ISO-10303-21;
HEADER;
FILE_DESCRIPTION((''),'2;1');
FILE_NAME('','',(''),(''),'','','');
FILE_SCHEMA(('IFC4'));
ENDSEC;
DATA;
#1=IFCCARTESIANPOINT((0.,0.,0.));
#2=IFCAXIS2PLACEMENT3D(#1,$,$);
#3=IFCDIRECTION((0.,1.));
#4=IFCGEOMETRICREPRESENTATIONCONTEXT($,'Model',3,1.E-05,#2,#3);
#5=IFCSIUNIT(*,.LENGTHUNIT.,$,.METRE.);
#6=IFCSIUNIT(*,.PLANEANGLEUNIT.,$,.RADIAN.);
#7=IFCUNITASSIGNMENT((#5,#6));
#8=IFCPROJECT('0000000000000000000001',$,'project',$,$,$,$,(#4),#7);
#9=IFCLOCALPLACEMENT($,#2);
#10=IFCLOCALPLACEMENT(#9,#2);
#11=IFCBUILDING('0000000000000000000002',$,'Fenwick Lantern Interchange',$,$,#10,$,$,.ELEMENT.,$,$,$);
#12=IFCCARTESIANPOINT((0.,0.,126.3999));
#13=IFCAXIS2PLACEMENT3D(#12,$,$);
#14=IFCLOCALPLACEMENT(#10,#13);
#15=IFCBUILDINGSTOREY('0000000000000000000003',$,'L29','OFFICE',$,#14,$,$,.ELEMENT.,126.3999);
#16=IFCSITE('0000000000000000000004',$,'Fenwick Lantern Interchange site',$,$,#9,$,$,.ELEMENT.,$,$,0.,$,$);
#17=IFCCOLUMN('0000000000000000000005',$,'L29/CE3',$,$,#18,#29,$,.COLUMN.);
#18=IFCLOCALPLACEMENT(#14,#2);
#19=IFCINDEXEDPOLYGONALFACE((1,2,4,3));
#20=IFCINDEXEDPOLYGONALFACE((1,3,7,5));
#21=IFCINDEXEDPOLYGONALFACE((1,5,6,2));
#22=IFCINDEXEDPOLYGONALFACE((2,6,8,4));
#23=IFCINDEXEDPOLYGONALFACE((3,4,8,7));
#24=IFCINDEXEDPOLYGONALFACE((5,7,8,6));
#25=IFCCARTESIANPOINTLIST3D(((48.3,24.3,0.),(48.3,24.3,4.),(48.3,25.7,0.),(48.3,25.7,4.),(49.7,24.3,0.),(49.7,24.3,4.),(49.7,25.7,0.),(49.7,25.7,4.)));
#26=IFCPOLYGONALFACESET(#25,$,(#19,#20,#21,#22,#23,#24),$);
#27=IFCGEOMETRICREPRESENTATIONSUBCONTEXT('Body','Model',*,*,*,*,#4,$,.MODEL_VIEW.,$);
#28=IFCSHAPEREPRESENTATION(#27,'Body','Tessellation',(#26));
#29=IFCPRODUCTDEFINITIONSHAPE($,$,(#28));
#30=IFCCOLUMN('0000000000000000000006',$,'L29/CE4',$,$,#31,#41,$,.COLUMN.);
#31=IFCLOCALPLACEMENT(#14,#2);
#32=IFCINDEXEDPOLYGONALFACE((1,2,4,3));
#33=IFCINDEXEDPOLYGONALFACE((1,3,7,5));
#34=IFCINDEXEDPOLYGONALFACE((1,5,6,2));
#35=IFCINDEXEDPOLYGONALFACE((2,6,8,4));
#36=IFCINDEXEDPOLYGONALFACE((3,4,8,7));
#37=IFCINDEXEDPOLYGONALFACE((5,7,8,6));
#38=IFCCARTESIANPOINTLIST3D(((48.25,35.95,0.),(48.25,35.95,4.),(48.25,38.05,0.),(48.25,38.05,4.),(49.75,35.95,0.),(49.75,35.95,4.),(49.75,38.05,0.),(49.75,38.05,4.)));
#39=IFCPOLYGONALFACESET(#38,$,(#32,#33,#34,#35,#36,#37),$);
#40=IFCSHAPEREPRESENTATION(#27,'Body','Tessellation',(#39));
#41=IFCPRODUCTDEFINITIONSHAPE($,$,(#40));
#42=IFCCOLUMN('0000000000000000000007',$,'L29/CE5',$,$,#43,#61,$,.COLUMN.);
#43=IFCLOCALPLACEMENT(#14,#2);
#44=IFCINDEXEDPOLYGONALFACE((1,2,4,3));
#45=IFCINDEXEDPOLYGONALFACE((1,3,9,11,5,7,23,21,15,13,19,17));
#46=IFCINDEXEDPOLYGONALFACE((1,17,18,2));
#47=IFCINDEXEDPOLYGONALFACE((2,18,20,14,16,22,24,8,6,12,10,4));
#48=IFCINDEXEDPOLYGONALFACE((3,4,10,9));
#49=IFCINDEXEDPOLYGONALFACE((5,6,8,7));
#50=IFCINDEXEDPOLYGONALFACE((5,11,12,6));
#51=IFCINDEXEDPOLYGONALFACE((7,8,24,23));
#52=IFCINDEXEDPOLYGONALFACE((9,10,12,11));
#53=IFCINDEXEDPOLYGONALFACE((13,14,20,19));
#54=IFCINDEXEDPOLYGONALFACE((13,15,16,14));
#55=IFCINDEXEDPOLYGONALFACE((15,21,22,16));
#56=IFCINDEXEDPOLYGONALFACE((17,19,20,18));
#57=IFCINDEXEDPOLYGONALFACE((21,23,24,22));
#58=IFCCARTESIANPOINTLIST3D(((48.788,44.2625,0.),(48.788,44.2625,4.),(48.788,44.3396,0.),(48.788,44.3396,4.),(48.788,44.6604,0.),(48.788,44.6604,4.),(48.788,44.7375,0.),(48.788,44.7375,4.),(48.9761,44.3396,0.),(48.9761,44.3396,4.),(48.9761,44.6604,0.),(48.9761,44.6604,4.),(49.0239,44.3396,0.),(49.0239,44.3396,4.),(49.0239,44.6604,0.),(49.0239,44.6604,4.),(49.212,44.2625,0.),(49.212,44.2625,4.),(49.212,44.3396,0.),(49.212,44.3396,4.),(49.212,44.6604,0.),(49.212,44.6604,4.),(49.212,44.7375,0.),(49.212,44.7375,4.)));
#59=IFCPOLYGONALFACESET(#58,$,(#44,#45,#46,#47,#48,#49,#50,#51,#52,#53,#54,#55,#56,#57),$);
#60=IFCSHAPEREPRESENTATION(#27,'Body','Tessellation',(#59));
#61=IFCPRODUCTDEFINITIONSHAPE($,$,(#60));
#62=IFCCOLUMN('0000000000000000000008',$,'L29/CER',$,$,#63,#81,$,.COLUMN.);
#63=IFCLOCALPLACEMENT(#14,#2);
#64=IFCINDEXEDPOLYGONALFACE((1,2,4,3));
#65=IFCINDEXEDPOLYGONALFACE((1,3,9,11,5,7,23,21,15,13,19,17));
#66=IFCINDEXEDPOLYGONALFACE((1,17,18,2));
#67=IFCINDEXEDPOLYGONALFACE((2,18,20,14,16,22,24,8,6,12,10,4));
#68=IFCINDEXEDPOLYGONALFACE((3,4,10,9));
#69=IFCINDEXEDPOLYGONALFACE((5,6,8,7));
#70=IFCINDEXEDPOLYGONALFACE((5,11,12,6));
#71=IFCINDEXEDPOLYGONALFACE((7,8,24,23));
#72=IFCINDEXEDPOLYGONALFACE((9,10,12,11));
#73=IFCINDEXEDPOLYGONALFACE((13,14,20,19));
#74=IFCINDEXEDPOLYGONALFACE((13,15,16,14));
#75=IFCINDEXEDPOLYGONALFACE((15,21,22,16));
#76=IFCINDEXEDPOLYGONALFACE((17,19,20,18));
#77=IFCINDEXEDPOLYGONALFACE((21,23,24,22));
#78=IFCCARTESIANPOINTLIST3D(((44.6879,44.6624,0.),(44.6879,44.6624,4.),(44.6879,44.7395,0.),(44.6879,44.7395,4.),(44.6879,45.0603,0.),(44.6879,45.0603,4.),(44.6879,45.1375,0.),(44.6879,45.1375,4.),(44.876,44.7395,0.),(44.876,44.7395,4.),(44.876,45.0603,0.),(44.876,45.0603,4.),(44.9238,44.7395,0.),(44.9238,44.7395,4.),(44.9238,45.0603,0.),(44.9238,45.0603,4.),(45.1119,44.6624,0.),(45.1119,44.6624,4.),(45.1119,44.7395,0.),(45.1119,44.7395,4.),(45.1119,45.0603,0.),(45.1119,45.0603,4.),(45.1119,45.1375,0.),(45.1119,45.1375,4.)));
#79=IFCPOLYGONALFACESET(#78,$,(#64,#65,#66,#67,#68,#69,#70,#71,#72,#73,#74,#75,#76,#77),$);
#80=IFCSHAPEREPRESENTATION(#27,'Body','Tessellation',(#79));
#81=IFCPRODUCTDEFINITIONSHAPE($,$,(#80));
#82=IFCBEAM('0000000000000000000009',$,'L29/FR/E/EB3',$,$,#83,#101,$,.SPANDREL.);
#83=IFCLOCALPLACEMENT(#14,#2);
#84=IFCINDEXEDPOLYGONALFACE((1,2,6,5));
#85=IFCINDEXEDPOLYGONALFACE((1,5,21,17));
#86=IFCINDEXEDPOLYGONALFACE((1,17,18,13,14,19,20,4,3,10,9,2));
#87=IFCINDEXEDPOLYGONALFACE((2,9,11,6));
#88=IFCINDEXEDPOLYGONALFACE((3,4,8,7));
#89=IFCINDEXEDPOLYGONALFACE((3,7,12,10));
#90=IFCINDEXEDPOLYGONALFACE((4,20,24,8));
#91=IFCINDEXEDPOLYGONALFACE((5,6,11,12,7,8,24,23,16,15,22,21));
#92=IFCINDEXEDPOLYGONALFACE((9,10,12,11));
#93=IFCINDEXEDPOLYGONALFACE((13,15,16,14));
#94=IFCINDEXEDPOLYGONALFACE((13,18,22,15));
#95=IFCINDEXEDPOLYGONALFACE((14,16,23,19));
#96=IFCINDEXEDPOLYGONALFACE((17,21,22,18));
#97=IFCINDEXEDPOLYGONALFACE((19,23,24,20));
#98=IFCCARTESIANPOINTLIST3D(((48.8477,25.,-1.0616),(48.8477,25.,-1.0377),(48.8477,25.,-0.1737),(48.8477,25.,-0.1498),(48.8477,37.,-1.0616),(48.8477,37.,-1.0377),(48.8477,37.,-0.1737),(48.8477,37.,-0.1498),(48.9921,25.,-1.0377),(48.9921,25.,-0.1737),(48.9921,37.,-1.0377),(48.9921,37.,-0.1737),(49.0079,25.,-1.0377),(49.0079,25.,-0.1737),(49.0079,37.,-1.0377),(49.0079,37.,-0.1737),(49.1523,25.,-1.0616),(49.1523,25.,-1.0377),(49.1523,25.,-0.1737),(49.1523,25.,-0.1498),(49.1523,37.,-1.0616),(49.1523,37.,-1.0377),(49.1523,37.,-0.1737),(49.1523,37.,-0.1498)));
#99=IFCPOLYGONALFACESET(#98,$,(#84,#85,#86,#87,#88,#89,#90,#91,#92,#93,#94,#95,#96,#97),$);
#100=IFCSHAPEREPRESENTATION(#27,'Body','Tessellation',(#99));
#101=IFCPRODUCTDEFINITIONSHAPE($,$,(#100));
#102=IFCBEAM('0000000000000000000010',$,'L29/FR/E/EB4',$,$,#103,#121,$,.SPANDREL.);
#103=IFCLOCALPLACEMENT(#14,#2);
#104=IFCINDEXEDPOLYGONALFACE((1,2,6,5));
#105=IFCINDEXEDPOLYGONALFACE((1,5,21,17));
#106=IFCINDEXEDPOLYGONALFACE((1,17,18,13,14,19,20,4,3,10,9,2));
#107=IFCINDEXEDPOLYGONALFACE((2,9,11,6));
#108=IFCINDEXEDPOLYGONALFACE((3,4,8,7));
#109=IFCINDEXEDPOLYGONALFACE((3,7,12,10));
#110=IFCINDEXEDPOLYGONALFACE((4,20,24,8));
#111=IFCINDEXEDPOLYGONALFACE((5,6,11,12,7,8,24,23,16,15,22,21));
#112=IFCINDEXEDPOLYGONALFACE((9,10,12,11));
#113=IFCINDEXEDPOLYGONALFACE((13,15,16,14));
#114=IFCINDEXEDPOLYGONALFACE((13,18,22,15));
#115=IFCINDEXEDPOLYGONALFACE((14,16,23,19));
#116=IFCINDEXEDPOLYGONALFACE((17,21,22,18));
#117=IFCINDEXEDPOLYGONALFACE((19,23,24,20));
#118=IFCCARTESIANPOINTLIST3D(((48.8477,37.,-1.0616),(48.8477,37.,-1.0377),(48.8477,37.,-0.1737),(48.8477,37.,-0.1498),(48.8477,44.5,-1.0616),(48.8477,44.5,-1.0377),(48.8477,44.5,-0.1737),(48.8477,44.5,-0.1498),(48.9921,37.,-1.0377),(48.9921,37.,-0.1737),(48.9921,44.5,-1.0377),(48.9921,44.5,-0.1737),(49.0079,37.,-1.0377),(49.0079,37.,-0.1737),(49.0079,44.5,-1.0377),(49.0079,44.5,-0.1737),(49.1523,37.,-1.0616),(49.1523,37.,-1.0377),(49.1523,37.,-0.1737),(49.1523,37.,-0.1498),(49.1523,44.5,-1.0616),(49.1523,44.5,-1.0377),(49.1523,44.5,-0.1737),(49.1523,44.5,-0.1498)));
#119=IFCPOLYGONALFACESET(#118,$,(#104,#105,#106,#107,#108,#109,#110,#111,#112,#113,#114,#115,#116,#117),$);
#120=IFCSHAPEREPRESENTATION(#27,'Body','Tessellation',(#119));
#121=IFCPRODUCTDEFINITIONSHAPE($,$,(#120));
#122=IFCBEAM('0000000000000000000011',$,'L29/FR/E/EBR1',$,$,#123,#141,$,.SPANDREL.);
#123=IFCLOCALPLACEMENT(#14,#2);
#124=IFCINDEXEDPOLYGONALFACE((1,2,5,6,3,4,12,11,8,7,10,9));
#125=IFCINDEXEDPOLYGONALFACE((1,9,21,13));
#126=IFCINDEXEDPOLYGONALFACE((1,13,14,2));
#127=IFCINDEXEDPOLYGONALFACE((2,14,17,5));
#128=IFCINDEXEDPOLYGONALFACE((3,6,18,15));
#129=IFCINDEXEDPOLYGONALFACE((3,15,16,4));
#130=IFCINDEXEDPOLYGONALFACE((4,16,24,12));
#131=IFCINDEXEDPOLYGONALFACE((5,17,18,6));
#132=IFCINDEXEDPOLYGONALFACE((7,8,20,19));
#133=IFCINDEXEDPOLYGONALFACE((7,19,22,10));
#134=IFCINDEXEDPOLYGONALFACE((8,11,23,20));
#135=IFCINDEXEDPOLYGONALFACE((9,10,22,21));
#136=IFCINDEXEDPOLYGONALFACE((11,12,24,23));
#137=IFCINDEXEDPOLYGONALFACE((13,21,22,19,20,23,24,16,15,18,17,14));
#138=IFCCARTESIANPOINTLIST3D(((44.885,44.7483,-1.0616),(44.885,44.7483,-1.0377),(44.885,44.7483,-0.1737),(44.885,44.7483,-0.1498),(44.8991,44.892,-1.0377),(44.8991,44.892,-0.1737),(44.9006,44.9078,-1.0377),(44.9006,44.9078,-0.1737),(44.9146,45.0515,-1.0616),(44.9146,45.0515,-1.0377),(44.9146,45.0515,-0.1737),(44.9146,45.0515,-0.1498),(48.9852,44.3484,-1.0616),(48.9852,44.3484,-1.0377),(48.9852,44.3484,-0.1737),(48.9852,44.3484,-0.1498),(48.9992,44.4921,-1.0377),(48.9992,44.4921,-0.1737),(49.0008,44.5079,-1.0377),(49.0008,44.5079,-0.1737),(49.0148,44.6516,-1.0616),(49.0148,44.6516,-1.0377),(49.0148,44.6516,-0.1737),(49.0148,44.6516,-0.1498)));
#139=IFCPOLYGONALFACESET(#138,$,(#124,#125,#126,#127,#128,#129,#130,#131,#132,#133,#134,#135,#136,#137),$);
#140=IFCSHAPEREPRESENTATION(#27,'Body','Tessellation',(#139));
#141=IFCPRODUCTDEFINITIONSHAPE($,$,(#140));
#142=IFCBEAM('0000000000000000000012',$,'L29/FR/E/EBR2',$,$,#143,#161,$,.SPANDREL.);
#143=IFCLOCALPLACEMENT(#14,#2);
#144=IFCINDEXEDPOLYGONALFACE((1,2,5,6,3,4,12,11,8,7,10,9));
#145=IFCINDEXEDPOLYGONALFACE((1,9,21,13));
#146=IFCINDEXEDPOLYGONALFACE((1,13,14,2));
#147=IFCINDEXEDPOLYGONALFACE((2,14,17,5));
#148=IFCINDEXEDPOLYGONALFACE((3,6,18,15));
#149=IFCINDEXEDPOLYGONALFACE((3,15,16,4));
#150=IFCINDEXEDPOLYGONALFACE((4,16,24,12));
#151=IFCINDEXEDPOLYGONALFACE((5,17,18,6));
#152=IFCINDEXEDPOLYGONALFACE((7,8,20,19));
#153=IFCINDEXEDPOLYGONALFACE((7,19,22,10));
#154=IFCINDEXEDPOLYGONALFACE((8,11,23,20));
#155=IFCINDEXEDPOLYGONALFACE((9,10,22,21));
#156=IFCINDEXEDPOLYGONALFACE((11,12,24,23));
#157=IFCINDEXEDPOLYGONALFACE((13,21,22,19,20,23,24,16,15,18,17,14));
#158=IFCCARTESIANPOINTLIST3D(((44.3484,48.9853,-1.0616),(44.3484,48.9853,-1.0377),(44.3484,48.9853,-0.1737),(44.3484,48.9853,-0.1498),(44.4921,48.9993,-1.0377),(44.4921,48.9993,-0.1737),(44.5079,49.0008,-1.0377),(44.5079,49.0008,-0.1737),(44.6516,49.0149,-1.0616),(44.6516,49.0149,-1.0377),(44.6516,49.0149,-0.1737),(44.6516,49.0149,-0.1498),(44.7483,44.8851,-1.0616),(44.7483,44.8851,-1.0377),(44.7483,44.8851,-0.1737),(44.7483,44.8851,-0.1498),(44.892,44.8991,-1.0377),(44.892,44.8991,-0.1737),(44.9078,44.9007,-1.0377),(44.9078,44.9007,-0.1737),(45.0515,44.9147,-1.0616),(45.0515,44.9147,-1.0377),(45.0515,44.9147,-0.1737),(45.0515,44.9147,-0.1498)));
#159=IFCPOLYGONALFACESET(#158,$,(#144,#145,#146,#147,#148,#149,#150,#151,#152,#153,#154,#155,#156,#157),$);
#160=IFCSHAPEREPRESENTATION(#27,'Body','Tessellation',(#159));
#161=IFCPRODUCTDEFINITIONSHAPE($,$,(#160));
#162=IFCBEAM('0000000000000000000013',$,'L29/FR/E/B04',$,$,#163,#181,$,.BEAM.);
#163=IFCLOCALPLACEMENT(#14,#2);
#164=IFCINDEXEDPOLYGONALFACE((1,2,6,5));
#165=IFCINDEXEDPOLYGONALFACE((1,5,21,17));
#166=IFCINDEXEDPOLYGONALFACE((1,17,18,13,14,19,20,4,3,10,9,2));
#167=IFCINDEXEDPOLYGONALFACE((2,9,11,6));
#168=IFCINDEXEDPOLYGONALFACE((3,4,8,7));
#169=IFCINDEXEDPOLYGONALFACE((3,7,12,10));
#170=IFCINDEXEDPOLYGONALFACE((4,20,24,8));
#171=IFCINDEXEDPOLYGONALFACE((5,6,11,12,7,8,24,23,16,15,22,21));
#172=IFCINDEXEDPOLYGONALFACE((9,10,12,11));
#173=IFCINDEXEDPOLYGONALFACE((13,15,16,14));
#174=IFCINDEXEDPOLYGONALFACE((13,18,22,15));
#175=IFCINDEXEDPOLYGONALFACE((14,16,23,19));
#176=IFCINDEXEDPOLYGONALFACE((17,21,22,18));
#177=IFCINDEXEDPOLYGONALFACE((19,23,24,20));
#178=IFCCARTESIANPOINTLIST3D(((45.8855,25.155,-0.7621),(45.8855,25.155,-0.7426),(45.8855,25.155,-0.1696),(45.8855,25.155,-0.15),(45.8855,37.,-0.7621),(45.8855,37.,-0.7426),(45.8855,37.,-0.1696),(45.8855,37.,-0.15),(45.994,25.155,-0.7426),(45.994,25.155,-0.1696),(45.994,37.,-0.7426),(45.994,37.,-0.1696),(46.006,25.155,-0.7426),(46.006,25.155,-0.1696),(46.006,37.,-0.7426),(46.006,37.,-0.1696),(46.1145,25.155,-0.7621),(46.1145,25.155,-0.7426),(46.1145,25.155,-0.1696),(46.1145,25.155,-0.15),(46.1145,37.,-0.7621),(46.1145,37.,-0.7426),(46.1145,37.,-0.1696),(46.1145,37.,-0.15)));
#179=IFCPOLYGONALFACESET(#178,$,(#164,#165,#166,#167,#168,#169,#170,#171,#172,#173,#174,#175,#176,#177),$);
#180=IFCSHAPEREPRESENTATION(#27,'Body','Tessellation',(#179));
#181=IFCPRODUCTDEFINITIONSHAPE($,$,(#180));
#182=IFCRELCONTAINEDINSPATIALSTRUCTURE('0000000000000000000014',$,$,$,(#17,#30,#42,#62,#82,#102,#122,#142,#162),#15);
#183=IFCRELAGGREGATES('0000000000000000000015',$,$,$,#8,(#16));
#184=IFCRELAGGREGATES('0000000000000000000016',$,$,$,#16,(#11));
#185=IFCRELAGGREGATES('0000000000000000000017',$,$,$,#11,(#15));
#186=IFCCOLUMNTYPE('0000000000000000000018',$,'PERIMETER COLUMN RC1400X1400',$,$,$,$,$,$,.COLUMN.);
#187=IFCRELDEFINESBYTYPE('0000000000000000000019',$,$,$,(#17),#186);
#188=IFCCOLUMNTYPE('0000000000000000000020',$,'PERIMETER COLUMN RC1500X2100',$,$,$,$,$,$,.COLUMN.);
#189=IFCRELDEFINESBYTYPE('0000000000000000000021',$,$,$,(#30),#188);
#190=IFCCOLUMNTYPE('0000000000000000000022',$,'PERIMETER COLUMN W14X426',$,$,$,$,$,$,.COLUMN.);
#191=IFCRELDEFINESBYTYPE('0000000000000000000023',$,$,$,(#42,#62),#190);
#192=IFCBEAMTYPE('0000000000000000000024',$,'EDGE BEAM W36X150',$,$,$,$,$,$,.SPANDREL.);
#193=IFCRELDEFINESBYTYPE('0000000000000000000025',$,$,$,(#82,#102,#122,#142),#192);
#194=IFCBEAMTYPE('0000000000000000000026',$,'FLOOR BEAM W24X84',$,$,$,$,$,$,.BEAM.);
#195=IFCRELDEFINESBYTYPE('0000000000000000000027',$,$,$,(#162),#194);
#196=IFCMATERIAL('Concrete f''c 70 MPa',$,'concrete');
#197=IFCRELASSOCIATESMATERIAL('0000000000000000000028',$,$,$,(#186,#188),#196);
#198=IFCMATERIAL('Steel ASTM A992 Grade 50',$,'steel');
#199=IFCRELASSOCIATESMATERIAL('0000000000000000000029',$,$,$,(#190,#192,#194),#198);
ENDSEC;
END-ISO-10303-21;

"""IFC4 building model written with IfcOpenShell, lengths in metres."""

from ifc_helpers import new_model, si_unit, direction, frame, origin, origin_2d, place, context, subcontext, project, spatial, rectangle, i_section, extrude, material, material_profile, profile_set, type_object, element, save


model = new_model("IFC4")

# Units and contexts
model_context = context("Model", 3, precision=1e-05, world=origin(), true_north=direction((0.0, 1.0)))
body_context = subcontext(model_context, "Body", "Model", "MODEL_VIEW")
ifc_project = project(units=[si_unit("LENGTHUNIT", "METRE"), si_unit("PLANEANGLEUNIT", "RADIAN")], contexts=[model_context])

# Site, building, storey
site_placement = place(None, origin())
site = spatial("IfcSite", under=ifc_project, at=site_placement, Name="Fenwick Lantern Interchange site", CompositionType="ELEMENT", RefElevation=0.0)
building_placement = place(site_placement, origin())
building = spatial("IfcBuilding", under=site, at=building_placement, Name="Fenwick Lantern Interchange", CompositionType="ELEMENT")
storey_placement = place(building_placement, frame((0.0, 0.0, 126.3999)))
storey = spatial("IfcBuildingStorey", under=building, at=storey_placement, Name="L29", Description="OFFICE", CompositionType="ELEMENT", Elevation=126.3999)

# Columns
ifc_material_1 = material(Name="Concrete f'c 70 MPa", Category="concrete")
ifc_material_profile_1 = material_profile(ifc_material_1, rectangle(XDim=1.3999, YDim=1.3999, at=origin_2d()), Name="RC1400X1400")
ifc_profile_set_1 = profile_set([ifc_material_profile_1], Name="Concrete f'c 70 MPa")
column_type_1 = type_object("IfcColumnType", Name="PERIMETER COLUMN RC1400X1400", PredefinedType="COLUMN", material=ifc_profile_set_1)
column_1_placement = place(storey_placement, frame((49.0, 25.0, 0.0), z_axis=(0.0, 0.0, 1.0), x_axis=(1.0, 0.0, 0.0)))
element("IfcColumn", 1, at=column_1_placement, inside=storey, type_object=column_type_1, Name="L29/CE3", PredefinedType="COLUMN", context=body_context, shape_type="SweptSolid", body=[
    extrude(rectangle(XDim=1.3999, YDim=1.3999, at=origin_2d()), origin(), (0.0, 0.0, 1.0), 4.0),
])
ifc_material_profile_2 = material_profile(ifc_material_1, rectangle(XDim=1.5, YDim=2.1001, at=origin_2d()), Name="RC1500X2100")
ifc_profile_set_2 = profile_set([ifc_material_profile_2], Name="Concrete f'c 70 MPa")
column_type_2 = type_object("IfcColumnType", Name="PERIMETER COLUMN RC1500X2100", PredefinedType="COLUMN", material=ifc_profile_set_2)
column_2_placement = place(storey_placement, frame((49.0, 37.0, 0.0), z_axis=(0.0, 0.0, 1.0), x_axis=(1.0, 0.0, 0.0)))
element("IfcColumn", 2, at=column_2_placement, inside=storey, type_object=column_type_2, Name="L29/CE4", PredefinedType="COLUMN", context=body_context, shape_type="SweptSolid", body=[
    extrude(rectangle(XDim=1.5, YDim=2.1001, at=origin_2d()), origin(), (0.0, 0.0, 1.0), 4.0),
])
ifc_material_2 = material(Name="Steel ASTM A992 Grade 50", Category="steel")
ifc_material_profile_3 = material_profile(ifc_material_2, i_section(OverallWidth=0.4241, OverallDepth=0.4751, WebThickness=0.0479, FlangeThickness=0.0771, at=origin_2d()), Name="W14X426")
ifc_profile_set_3 = profile_set([ifc_material_profile_3], Name="Steel ASTM A992 Grade 50")
column_type_3 = type_object("IfcColumnType", Name="PERIMETER COLUMN W14X426", PredefinedType="COLUMN", material=ifc_profile_set_3)
for number, where, z_axis, x_axis, name in (
    (3, (49.0, 44.5, 0.0), (0.0, 0.0, 1.0), (1.0, 0.0, 0.0), "L29/CE5"),
    (4, (44.8999, 44.8999, 0.0), (0.0, 0.0, 1.0), (1.0, 0.0, 0.0), "L29/CER"),
):
    element("IfcColumn", number, at=place(storey_placement, frame(where, z_axis=z_axis, x_axis=x_axis)), inside=storey, type_object=column_type_3, Name=name, PredefinedType="COLUMN", context=body_context, shape_type="SweptSolid", body=[
        extrude(i_section(OverallWidth=0.4241, OverallDepth=0.4751, WebThickness=0.0479, FlangeThickness=0.0771, at=origin_2d()), origin(), (0.0, 0.0, 1.0), 4.0),
    ])

# Beams
ifc_material_profile_4 = material_profile(ifc_material_2, i_section(OverallWidth=0.3047, OverallDepth=0.9119, WebThickness=0.0159, FlangeThickness=0.0239, at=origin_2d()), Name="W36X150")
ifc_profile_set_4 = profile_set([ifc_material_profile_4], Name="Steel ASTM A992 Grade 50")
beam_type_1 = type_object("IfcBeamType", Name="EDGE BEAM W36X150", PredefinedType="SPANDREL", material=ifc_profile_set_4)
beam_1_placement = place(storey_placement, frame((49.0, 25.0, -0.6057), z_axis=(0.0, 1.0, 0.0), x_axis=(-1.0, 0.0, 0.0)))
element("IfcBeam", 5, at=beam_1_placement, inside=storey, type_object=beam_type_1, Name="L29/FR/E/EB3", PredefinedType="SPANDREL", context=body_context, shape_type="SweptSolid", body=[
    extrude(i_section(OverallWidth=0.3047, OverallDepth=0.9119, WebThickness=0.0159, FlangeThickness=0.0239, at=origin_2d()), origin(), (0.0, 0.0, 1.0), 12.0),
])
beam_2_placement = place(storey_placement, frame((49.0, 37.0, -0.6057), z_axis=(0.0, 1.0, 0.0), x_axis=(-1.0, 0.0, 0.0)))
element("IfcBeam", 6, at=beam_2_placement, inside=storey, type_object=beam_type_1, Name="L29/FR/E/EB4", PredefinedType="SPANDREL", context=body_context, shape_type="SweptSolid", body=[
    extrude(i_section(OverallWidth=0.3047, OverallDepth=0.9119, WebThickness=0.0159, FlangeThickness=0.0239, at=origin_2d()), origin(), (0.0, 0.0, 1.0), 7.5),
])
for number, where, z_axis, x_axis, name in (
    (7, (49.0, 44.5, -0.6057), (-0.995277, 0.097074, 0.0), (-0.097074, -0.995277, 0.0), "L29/FR/E/EBR1"),
    (8, (44.8999, 44.8999, -0.6057), (-0.097074, 0.995277, 0.0), (-0.995277, -0.097074, 0.0), "L29/FR/E/EBR2"),
):
    element("IfcBeam", number, at=place(storey_placement, frame(where, z_axis=z_axis, x_axis=x_axis)), inside=storey, type_object=beam_type_1, Name=name, PredefinedType="SPANDREL", context=body_context, shape_type="SweptSolid", body=[
        extrude(i_section(OverallWidth=0.3047, OverallDepth=0.9119, WebThickness=0.0159, FlangeThickness=0.0239, at=origin_2d()), origin(), (0.0, 0.0, 1.0), 4.1196),
    ])
ifc_material_profile_5 = material_profile(ifc_material_2, i_section(OverallWidth=0.229, OverallDepth=0.6121, WebThickness=0.012, FlangeThickness=0.0195, at=origin_2d()), Name="W24X84")
ifc_profile_set_5 = profile_set([ifc_material_profile_5], Name="Steel ASTM A992 Grade 50")
beam_type_2 = type_object("IfcBeamType", Name="FLOOR BEAM W24X84", PredefinedType="BEAM", material=ifc_profile_set_5)
beam_3_placement = place(storey_placement, frame((46.0, 25.155, -0.4561), z_axis=(0.0, 1.0, 0.0), x_axis=(-1.0, 0.0, 0.0)))
element("IfcBeam", 9, at=beam_3_placement, inside=storey, type_object=beam_type_2, Name="L29/FR/E/B04", PredefinedType="BEAM", context=body_context, shape_type="SweptSolid", body=[
    extrude(i_section(OverallWidth=0.229, OverallDepth=0.6121, WebThickness=0.012, FlangeThickness=0.0195, at=origin_2d()), origin(), (0.0, 0.0, 1.0), 11.845),
])

save(model, "model.ifc")
